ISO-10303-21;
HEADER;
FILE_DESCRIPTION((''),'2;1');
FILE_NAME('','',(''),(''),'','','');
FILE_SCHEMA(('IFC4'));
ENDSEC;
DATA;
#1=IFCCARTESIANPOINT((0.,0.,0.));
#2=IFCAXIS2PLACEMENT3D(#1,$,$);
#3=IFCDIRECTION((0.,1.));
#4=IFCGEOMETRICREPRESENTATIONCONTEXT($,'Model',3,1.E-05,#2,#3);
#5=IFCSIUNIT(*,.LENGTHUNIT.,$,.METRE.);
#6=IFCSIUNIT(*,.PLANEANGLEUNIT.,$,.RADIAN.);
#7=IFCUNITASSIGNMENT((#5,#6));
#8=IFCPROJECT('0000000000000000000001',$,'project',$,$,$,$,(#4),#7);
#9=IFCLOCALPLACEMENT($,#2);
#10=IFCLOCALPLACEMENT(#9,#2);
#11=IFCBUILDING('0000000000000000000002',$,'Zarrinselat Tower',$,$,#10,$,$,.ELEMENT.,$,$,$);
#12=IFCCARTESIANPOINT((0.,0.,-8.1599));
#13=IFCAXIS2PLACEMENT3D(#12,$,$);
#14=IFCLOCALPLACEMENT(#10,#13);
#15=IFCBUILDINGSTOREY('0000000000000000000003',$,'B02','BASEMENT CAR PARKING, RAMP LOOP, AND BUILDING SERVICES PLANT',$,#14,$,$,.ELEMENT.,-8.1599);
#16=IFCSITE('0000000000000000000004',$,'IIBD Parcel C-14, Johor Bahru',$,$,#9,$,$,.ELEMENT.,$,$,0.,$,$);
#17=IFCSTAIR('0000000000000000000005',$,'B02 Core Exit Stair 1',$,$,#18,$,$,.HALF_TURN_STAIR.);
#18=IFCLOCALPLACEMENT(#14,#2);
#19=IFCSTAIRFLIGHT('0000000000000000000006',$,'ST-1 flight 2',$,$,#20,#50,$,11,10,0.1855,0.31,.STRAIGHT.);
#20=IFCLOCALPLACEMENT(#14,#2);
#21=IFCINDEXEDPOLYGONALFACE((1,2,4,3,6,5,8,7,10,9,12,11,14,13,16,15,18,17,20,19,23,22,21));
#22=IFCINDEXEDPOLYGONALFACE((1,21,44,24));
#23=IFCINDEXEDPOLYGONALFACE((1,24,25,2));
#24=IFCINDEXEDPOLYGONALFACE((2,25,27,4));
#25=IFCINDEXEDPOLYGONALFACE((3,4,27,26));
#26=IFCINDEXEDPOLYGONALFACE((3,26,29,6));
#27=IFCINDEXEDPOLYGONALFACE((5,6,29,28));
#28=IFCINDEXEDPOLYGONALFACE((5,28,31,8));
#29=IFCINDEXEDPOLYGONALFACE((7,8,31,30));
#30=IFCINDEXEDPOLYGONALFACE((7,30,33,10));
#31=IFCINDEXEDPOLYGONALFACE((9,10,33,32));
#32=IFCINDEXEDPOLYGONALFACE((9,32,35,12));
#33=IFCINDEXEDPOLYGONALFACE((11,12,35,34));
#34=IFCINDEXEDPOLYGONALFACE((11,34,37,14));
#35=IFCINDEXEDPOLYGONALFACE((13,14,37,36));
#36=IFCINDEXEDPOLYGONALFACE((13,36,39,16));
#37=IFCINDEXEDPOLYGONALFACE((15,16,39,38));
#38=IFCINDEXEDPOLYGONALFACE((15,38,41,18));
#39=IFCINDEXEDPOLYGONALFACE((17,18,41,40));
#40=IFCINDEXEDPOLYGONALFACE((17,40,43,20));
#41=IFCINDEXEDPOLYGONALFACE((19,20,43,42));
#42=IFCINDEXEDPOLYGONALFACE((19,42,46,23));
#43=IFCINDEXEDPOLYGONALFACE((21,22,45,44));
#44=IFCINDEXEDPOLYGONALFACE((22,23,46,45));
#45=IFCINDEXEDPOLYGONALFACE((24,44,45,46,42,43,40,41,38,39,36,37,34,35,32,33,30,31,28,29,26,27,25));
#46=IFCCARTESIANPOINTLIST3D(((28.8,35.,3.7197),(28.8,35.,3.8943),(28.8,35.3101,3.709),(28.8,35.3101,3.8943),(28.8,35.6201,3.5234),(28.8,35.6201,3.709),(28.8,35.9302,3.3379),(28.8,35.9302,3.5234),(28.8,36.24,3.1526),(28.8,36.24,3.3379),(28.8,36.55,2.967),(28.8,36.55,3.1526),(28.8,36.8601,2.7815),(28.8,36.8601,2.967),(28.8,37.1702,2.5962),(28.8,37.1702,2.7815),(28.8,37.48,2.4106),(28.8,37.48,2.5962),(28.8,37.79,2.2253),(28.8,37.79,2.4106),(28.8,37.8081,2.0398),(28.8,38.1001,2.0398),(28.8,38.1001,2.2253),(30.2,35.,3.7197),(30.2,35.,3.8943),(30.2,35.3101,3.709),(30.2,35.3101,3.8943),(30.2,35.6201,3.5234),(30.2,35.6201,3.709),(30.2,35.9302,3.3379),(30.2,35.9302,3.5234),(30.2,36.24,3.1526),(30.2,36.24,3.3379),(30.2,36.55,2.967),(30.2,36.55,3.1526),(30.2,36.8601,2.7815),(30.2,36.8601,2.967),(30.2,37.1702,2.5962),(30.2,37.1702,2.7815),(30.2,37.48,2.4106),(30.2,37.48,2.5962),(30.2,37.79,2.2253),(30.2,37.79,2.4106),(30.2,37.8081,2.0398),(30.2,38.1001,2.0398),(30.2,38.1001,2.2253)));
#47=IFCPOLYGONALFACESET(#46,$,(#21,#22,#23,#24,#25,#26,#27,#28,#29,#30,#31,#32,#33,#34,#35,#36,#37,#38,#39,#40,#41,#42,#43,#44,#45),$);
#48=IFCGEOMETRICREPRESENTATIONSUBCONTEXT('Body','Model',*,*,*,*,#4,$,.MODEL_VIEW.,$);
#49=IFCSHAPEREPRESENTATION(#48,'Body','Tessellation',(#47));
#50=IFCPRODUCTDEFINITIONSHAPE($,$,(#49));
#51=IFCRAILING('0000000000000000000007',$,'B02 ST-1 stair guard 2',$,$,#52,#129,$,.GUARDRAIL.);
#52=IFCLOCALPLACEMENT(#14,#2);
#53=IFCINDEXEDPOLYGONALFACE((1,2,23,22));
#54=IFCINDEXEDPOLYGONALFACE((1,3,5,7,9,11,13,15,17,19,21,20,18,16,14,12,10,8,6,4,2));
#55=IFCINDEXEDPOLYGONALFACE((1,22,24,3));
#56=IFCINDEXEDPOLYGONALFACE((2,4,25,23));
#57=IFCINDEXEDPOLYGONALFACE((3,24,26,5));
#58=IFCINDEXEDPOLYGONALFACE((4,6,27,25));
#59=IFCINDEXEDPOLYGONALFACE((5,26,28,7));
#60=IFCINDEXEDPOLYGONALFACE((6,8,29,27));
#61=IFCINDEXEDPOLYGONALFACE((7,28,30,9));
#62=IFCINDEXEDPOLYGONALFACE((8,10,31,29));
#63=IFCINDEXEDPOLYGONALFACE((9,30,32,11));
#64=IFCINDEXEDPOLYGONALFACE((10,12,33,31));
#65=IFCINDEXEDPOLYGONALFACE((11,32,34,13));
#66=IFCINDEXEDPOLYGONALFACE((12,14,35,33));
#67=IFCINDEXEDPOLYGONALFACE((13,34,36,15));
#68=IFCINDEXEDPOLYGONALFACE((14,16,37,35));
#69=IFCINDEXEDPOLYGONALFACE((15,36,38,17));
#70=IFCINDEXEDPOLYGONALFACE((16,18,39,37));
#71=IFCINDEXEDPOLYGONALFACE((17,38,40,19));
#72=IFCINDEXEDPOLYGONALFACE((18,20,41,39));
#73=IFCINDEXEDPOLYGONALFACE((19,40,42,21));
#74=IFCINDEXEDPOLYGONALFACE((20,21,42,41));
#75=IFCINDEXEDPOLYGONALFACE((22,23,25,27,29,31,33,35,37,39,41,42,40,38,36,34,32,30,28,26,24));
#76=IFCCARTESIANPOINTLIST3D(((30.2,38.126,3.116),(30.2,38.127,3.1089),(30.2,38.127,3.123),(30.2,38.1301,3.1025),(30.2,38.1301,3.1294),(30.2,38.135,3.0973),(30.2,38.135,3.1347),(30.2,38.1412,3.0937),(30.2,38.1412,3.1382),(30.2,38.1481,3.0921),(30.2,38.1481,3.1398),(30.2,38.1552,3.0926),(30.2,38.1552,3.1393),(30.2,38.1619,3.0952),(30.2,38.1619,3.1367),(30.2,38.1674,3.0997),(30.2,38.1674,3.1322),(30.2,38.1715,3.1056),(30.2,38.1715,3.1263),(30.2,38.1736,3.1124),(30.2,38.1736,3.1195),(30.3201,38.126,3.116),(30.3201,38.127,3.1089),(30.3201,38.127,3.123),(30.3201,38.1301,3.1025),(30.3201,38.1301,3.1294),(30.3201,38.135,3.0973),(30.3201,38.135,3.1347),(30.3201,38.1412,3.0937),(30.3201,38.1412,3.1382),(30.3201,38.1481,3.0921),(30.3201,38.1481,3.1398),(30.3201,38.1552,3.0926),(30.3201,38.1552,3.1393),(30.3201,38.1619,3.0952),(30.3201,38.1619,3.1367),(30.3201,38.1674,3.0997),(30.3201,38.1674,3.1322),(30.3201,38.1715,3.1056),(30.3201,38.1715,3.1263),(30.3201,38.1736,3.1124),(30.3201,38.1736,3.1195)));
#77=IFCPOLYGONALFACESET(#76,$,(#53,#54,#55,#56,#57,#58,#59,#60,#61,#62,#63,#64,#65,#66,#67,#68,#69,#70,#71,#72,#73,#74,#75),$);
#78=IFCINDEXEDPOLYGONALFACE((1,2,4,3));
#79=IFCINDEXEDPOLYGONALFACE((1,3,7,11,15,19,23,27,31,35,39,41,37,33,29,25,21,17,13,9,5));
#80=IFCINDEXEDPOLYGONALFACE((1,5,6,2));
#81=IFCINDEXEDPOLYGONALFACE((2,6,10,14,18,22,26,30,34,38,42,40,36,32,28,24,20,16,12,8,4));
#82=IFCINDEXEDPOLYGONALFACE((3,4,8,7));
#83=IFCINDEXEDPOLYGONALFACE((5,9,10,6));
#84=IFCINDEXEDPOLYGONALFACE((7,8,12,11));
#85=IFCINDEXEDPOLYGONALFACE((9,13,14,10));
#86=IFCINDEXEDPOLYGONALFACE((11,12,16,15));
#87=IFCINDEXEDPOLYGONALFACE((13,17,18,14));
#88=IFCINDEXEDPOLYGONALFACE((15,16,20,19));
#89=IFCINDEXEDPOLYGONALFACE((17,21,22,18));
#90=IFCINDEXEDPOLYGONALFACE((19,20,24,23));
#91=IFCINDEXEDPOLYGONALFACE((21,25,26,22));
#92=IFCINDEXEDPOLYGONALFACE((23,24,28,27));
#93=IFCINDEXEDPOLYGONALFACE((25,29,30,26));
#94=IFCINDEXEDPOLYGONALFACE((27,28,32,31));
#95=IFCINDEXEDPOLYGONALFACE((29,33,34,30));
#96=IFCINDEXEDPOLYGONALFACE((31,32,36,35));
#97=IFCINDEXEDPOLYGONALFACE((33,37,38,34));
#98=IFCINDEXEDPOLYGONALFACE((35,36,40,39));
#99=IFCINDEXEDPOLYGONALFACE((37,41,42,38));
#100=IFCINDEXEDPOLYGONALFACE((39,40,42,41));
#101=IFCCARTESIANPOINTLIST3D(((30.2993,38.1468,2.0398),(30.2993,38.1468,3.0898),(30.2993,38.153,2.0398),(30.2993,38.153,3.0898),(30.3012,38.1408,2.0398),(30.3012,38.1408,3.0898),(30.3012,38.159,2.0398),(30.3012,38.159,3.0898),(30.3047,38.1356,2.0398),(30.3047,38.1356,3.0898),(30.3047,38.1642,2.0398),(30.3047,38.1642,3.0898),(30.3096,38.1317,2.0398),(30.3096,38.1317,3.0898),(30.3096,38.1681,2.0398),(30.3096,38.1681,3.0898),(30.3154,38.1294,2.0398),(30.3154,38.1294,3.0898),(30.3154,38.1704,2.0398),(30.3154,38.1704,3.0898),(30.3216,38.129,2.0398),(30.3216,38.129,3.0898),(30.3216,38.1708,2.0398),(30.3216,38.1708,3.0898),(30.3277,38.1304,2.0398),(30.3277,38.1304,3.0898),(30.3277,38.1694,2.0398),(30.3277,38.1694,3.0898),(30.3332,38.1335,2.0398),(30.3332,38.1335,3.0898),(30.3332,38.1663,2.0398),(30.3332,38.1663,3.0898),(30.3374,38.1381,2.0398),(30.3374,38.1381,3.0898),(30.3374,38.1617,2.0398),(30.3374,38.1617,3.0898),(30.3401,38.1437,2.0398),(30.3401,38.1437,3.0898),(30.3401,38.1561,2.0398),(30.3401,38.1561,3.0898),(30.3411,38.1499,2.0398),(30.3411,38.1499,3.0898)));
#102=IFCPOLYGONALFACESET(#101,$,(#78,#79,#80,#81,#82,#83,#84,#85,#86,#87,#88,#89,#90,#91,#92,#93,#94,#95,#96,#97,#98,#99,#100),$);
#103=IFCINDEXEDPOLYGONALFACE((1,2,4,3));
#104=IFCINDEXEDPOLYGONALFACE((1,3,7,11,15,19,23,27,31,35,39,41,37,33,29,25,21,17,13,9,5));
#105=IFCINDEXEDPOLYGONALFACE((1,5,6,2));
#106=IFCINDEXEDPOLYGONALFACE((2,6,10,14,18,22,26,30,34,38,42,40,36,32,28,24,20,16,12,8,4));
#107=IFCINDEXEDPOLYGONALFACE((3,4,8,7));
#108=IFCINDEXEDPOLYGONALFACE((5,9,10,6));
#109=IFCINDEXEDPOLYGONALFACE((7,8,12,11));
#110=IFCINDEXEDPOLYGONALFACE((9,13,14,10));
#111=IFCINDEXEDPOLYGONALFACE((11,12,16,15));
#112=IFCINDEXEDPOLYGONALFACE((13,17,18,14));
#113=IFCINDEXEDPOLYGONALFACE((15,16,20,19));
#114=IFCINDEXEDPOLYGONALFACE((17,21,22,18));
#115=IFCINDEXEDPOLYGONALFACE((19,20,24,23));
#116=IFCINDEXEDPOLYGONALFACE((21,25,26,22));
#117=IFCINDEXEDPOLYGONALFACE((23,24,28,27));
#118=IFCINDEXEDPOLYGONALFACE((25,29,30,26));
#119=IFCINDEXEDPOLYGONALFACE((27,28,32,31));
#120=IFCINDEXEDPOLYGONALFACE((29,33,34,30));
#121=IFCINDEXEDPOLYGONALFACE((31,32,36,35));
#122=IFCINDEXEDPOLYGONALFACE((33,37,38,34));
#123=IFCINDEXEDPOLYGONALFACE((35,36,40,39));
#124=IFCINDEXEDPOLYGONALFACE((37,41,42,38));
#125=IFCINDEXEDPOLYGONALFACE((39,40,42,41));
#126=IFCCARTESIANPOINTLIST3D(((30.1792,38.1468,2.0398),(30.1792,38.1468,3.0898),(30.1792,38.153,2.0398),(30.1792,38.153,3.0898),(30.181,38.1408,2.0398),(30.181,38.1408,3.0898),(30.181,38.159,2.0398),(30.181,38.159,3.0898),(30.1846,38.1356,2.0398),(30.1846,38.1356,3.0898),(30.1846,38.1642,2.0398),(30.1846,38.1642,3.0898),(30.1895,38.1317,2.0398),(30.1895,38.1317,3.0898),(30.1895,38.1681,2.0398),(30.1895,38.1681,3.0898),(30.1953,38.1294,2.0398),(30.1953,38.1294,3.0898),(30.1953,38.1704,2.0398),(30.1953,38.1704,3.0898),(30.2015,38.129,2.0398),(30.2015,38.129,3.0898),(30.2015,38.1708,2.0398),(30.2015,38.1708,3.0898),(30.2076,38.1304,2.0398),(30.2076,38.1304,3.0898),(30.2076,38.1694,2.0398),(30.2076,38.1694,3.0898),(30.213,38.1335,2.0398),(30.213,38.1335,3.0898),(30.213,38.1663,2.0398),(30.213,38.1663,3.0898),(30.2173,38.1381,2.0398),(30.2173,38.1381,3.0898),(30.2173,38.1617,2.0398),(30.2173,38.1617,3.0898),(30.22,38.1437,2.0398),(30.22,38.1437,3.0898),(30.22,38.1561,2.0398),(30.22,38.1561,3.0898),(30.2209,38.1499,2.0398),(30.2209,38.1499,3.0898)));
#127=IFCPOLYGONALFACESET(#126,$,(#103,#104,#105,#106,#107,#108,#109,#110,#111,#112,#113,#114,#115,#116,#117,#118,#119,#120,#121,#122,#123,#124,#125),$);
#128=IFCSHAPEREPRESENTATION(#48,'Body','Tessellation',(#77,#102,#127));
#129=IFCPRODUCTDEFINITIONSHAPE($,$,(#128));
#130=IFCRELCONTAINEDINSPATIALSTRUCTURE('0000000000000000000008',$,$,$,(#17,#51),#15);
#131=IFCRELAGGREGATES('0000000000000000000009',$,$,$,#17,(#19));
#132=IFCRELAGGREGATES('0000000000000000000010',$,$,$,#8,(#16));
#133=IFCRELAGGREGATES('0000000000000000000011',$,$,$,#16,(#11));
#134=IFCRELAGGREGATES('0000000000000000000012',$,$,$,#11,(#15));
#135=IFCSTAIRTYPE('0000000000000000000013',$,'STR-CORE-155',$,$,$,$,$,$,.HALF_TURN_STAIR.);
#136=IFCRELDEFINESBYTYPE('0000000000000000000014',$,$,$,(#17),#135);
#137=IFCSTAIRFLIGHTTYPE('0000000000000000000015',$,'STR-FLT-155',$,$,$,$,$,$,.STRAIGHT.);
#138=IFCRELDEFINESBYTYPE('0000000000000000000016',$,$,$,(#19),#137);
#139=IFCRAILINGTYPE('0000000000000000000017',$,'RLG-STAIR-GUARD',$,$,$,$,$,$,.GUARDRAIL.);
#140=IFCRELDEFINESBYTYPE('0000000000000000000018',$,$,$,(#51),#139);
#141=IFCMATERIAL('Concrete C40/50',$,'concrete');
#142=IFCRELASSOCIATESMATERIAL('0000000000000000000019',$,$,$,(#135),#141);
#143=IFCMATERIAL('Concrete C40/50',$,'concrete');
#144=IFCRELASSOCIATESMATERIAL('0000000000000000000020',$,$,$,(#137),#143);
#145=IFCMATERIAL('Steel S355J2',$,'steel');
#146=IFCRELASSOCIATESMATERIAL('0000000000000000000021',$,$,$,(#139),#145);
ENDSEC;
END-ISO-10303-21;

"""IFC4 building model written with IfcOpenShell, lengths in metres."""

from ifc_helpers import new_model, si_unit, direction, frame, origin, origin_2d, place, context, subcontext, project, spatial, polyline, circle, outline, extrude, material, type_object, element, aggregate, save


model = new_model("IFC4")

# Units and contexts
model_context = context("Model", 3, precision=1e-05, world=origin(), true_north=direction((0.0, 1.0)))
body_context = subcontext(model_context, "Body", "Model", "MODEL_VIEW")
ifc_project = project(units=[si_unit("LENGTHUNIT", "METRE"), si_unit("PLANEANGLEUNIT", "RADIAN")], contexts=[model_context])

# Site, building, storey
site_placement = place(None, origin())
site = spatial("IfcSite", under=ifc_project, at=site_placement, Name="IIBD Parcel C-14, Johor Bahru", CompositionType="ELEMENT", RefElevation=0.0)
building_placement = place(site_placement, origin())
building = spatial("IfcBuilding", under=site, at=building_placement, Name="Zarrinselat Tower", CompositionType="ELEMENT")
storey_placement = place(building_placement, frame((0.0, 0.0, -8.1599)))
storey = spatial("IfcBuildingStorey", under=building, at=storey_placement, Name="B02", Description="BASEMENT CAR PARKING, RAMP LOOP, AND BUILDING SERVICES PLANT", CompositionType="ELEMENT", Elevation=-8.1599)

# Stair, stair flight
ifc_material_1 = material(Name="Concrete C40/50", Category="concrete")
stair_type_1 = type_object("IfcStairType", Name="STR-CORE-155", PredefinedType="HALF_TURN_STAIR", material=ifc_material_1)
stair_1_placement = place(storey_placement, origin())
stair_1 = element("IfcStair", 1, at=stair_1_placement, inside=storey, type_object=stair_type_1, Name="B02 Core Exit Stair 1", PredefinedType="HALF_TURN_STAIR")
ifc_material_2 = material(Name="Concrete C40/50", Category="concrete")
stair_flight_type_1 = type_object("IfcStairFlightType", Name="STR-FLT-155", PredefinedType="STRAIGHT", material=ifc_material_2)
stair_flight_1_placement = place(storey_placement, frame((29.5, 38.1001, 2.0398), z_axis=(0.0, 0.0, 1.0), x_axis=(0.0, -1.0, 0.0)))
stair_flight_1 = element("IfcStairFlight", 2, at=stair_flight_1_placement, type_object=stair_flight_type_1, Name="ST-1 flight 2", NumberOfRisers=11, NumberOfTreads=10, PredefinedType="STRAIGHT", RiserHeight=0.1855, TreadLength=0.31, context=body_context, shape_type="SweptSolid", body=[
    extrude(outline(polyline([(0.0, 0.0), (0.0, 0.1855), (0.3101, 0.1855), (0.3101, 0.3708), (0.6201, 0.3708), (0.6201, 0.5564), (0.9299, 0.5564), (0.9299, 0.7417), (1.24, 0.7417), (1.24, 0.9272), (1.55, 0.9272), (1.55, 1.1128), (1.8601, 1.1128), (1.8601, 1.2981), (2.1699, 1.2981), (2.1699, 1.4836), (2.48, 1.4836), (2.48, 1.6692), (2.79, 1.6692), (2.79, 1.8545), (3.1001, 1.8545), (3.1001, 2.04), (3.1001, 1.6799), (0.292, 0.0), (0.0, 0.0)])), frame((0.0, 0.7, 0.0), z_axis=(0.0, -1.0, 0.0), x_axis=(1.0, 0.0, 0.0)), (0.0, 0.0, 1.0), 1.3999),
])
aggregate(stair_1, [stair_flight_1])

# Railing
ifc_material_3 = material(Name="Steel S355J2", Category="steel")
railing_type_1 = type_object("IfcRailingType", Name="RLG-STAIR-GUARD", PredefinedType="GUARDRAIL", material=ifc_material_3)
railing_1_placement = place(storey_placement, frame((30.3201, 38.1499, 2.0398)))
element("IfcRailing", 3, at=railing_1_placement, inside=storey, type_object=railing_type_1, Name="B02 ST-1 stair guard 2", PredefinedType="GUARDRAIL", context=body_context, shape_type="SweptSolid", body=[
    extrude(circle(Radius=0.0239, at=origin_2d()), frame((0.0, 0.0, 1.0762), z_axis=(-1.0, 0.0, 0.0), x_axis=(0.0, -1.0, 0.0)), (0.0, 0.0, 1.0), 0.1201),
    extrude(circle(Radius=0.021, at=origin_2d()), origin(), (0.0, 0.0, 1.0), 1.05),
    extrude(circle(Radius=0.021, at=origin_2d()), frame((-0.1201, 0.0, 0.0)), (0.0, 0.0, 1.0), 1.05),
])

save(model, "model.ifc")
